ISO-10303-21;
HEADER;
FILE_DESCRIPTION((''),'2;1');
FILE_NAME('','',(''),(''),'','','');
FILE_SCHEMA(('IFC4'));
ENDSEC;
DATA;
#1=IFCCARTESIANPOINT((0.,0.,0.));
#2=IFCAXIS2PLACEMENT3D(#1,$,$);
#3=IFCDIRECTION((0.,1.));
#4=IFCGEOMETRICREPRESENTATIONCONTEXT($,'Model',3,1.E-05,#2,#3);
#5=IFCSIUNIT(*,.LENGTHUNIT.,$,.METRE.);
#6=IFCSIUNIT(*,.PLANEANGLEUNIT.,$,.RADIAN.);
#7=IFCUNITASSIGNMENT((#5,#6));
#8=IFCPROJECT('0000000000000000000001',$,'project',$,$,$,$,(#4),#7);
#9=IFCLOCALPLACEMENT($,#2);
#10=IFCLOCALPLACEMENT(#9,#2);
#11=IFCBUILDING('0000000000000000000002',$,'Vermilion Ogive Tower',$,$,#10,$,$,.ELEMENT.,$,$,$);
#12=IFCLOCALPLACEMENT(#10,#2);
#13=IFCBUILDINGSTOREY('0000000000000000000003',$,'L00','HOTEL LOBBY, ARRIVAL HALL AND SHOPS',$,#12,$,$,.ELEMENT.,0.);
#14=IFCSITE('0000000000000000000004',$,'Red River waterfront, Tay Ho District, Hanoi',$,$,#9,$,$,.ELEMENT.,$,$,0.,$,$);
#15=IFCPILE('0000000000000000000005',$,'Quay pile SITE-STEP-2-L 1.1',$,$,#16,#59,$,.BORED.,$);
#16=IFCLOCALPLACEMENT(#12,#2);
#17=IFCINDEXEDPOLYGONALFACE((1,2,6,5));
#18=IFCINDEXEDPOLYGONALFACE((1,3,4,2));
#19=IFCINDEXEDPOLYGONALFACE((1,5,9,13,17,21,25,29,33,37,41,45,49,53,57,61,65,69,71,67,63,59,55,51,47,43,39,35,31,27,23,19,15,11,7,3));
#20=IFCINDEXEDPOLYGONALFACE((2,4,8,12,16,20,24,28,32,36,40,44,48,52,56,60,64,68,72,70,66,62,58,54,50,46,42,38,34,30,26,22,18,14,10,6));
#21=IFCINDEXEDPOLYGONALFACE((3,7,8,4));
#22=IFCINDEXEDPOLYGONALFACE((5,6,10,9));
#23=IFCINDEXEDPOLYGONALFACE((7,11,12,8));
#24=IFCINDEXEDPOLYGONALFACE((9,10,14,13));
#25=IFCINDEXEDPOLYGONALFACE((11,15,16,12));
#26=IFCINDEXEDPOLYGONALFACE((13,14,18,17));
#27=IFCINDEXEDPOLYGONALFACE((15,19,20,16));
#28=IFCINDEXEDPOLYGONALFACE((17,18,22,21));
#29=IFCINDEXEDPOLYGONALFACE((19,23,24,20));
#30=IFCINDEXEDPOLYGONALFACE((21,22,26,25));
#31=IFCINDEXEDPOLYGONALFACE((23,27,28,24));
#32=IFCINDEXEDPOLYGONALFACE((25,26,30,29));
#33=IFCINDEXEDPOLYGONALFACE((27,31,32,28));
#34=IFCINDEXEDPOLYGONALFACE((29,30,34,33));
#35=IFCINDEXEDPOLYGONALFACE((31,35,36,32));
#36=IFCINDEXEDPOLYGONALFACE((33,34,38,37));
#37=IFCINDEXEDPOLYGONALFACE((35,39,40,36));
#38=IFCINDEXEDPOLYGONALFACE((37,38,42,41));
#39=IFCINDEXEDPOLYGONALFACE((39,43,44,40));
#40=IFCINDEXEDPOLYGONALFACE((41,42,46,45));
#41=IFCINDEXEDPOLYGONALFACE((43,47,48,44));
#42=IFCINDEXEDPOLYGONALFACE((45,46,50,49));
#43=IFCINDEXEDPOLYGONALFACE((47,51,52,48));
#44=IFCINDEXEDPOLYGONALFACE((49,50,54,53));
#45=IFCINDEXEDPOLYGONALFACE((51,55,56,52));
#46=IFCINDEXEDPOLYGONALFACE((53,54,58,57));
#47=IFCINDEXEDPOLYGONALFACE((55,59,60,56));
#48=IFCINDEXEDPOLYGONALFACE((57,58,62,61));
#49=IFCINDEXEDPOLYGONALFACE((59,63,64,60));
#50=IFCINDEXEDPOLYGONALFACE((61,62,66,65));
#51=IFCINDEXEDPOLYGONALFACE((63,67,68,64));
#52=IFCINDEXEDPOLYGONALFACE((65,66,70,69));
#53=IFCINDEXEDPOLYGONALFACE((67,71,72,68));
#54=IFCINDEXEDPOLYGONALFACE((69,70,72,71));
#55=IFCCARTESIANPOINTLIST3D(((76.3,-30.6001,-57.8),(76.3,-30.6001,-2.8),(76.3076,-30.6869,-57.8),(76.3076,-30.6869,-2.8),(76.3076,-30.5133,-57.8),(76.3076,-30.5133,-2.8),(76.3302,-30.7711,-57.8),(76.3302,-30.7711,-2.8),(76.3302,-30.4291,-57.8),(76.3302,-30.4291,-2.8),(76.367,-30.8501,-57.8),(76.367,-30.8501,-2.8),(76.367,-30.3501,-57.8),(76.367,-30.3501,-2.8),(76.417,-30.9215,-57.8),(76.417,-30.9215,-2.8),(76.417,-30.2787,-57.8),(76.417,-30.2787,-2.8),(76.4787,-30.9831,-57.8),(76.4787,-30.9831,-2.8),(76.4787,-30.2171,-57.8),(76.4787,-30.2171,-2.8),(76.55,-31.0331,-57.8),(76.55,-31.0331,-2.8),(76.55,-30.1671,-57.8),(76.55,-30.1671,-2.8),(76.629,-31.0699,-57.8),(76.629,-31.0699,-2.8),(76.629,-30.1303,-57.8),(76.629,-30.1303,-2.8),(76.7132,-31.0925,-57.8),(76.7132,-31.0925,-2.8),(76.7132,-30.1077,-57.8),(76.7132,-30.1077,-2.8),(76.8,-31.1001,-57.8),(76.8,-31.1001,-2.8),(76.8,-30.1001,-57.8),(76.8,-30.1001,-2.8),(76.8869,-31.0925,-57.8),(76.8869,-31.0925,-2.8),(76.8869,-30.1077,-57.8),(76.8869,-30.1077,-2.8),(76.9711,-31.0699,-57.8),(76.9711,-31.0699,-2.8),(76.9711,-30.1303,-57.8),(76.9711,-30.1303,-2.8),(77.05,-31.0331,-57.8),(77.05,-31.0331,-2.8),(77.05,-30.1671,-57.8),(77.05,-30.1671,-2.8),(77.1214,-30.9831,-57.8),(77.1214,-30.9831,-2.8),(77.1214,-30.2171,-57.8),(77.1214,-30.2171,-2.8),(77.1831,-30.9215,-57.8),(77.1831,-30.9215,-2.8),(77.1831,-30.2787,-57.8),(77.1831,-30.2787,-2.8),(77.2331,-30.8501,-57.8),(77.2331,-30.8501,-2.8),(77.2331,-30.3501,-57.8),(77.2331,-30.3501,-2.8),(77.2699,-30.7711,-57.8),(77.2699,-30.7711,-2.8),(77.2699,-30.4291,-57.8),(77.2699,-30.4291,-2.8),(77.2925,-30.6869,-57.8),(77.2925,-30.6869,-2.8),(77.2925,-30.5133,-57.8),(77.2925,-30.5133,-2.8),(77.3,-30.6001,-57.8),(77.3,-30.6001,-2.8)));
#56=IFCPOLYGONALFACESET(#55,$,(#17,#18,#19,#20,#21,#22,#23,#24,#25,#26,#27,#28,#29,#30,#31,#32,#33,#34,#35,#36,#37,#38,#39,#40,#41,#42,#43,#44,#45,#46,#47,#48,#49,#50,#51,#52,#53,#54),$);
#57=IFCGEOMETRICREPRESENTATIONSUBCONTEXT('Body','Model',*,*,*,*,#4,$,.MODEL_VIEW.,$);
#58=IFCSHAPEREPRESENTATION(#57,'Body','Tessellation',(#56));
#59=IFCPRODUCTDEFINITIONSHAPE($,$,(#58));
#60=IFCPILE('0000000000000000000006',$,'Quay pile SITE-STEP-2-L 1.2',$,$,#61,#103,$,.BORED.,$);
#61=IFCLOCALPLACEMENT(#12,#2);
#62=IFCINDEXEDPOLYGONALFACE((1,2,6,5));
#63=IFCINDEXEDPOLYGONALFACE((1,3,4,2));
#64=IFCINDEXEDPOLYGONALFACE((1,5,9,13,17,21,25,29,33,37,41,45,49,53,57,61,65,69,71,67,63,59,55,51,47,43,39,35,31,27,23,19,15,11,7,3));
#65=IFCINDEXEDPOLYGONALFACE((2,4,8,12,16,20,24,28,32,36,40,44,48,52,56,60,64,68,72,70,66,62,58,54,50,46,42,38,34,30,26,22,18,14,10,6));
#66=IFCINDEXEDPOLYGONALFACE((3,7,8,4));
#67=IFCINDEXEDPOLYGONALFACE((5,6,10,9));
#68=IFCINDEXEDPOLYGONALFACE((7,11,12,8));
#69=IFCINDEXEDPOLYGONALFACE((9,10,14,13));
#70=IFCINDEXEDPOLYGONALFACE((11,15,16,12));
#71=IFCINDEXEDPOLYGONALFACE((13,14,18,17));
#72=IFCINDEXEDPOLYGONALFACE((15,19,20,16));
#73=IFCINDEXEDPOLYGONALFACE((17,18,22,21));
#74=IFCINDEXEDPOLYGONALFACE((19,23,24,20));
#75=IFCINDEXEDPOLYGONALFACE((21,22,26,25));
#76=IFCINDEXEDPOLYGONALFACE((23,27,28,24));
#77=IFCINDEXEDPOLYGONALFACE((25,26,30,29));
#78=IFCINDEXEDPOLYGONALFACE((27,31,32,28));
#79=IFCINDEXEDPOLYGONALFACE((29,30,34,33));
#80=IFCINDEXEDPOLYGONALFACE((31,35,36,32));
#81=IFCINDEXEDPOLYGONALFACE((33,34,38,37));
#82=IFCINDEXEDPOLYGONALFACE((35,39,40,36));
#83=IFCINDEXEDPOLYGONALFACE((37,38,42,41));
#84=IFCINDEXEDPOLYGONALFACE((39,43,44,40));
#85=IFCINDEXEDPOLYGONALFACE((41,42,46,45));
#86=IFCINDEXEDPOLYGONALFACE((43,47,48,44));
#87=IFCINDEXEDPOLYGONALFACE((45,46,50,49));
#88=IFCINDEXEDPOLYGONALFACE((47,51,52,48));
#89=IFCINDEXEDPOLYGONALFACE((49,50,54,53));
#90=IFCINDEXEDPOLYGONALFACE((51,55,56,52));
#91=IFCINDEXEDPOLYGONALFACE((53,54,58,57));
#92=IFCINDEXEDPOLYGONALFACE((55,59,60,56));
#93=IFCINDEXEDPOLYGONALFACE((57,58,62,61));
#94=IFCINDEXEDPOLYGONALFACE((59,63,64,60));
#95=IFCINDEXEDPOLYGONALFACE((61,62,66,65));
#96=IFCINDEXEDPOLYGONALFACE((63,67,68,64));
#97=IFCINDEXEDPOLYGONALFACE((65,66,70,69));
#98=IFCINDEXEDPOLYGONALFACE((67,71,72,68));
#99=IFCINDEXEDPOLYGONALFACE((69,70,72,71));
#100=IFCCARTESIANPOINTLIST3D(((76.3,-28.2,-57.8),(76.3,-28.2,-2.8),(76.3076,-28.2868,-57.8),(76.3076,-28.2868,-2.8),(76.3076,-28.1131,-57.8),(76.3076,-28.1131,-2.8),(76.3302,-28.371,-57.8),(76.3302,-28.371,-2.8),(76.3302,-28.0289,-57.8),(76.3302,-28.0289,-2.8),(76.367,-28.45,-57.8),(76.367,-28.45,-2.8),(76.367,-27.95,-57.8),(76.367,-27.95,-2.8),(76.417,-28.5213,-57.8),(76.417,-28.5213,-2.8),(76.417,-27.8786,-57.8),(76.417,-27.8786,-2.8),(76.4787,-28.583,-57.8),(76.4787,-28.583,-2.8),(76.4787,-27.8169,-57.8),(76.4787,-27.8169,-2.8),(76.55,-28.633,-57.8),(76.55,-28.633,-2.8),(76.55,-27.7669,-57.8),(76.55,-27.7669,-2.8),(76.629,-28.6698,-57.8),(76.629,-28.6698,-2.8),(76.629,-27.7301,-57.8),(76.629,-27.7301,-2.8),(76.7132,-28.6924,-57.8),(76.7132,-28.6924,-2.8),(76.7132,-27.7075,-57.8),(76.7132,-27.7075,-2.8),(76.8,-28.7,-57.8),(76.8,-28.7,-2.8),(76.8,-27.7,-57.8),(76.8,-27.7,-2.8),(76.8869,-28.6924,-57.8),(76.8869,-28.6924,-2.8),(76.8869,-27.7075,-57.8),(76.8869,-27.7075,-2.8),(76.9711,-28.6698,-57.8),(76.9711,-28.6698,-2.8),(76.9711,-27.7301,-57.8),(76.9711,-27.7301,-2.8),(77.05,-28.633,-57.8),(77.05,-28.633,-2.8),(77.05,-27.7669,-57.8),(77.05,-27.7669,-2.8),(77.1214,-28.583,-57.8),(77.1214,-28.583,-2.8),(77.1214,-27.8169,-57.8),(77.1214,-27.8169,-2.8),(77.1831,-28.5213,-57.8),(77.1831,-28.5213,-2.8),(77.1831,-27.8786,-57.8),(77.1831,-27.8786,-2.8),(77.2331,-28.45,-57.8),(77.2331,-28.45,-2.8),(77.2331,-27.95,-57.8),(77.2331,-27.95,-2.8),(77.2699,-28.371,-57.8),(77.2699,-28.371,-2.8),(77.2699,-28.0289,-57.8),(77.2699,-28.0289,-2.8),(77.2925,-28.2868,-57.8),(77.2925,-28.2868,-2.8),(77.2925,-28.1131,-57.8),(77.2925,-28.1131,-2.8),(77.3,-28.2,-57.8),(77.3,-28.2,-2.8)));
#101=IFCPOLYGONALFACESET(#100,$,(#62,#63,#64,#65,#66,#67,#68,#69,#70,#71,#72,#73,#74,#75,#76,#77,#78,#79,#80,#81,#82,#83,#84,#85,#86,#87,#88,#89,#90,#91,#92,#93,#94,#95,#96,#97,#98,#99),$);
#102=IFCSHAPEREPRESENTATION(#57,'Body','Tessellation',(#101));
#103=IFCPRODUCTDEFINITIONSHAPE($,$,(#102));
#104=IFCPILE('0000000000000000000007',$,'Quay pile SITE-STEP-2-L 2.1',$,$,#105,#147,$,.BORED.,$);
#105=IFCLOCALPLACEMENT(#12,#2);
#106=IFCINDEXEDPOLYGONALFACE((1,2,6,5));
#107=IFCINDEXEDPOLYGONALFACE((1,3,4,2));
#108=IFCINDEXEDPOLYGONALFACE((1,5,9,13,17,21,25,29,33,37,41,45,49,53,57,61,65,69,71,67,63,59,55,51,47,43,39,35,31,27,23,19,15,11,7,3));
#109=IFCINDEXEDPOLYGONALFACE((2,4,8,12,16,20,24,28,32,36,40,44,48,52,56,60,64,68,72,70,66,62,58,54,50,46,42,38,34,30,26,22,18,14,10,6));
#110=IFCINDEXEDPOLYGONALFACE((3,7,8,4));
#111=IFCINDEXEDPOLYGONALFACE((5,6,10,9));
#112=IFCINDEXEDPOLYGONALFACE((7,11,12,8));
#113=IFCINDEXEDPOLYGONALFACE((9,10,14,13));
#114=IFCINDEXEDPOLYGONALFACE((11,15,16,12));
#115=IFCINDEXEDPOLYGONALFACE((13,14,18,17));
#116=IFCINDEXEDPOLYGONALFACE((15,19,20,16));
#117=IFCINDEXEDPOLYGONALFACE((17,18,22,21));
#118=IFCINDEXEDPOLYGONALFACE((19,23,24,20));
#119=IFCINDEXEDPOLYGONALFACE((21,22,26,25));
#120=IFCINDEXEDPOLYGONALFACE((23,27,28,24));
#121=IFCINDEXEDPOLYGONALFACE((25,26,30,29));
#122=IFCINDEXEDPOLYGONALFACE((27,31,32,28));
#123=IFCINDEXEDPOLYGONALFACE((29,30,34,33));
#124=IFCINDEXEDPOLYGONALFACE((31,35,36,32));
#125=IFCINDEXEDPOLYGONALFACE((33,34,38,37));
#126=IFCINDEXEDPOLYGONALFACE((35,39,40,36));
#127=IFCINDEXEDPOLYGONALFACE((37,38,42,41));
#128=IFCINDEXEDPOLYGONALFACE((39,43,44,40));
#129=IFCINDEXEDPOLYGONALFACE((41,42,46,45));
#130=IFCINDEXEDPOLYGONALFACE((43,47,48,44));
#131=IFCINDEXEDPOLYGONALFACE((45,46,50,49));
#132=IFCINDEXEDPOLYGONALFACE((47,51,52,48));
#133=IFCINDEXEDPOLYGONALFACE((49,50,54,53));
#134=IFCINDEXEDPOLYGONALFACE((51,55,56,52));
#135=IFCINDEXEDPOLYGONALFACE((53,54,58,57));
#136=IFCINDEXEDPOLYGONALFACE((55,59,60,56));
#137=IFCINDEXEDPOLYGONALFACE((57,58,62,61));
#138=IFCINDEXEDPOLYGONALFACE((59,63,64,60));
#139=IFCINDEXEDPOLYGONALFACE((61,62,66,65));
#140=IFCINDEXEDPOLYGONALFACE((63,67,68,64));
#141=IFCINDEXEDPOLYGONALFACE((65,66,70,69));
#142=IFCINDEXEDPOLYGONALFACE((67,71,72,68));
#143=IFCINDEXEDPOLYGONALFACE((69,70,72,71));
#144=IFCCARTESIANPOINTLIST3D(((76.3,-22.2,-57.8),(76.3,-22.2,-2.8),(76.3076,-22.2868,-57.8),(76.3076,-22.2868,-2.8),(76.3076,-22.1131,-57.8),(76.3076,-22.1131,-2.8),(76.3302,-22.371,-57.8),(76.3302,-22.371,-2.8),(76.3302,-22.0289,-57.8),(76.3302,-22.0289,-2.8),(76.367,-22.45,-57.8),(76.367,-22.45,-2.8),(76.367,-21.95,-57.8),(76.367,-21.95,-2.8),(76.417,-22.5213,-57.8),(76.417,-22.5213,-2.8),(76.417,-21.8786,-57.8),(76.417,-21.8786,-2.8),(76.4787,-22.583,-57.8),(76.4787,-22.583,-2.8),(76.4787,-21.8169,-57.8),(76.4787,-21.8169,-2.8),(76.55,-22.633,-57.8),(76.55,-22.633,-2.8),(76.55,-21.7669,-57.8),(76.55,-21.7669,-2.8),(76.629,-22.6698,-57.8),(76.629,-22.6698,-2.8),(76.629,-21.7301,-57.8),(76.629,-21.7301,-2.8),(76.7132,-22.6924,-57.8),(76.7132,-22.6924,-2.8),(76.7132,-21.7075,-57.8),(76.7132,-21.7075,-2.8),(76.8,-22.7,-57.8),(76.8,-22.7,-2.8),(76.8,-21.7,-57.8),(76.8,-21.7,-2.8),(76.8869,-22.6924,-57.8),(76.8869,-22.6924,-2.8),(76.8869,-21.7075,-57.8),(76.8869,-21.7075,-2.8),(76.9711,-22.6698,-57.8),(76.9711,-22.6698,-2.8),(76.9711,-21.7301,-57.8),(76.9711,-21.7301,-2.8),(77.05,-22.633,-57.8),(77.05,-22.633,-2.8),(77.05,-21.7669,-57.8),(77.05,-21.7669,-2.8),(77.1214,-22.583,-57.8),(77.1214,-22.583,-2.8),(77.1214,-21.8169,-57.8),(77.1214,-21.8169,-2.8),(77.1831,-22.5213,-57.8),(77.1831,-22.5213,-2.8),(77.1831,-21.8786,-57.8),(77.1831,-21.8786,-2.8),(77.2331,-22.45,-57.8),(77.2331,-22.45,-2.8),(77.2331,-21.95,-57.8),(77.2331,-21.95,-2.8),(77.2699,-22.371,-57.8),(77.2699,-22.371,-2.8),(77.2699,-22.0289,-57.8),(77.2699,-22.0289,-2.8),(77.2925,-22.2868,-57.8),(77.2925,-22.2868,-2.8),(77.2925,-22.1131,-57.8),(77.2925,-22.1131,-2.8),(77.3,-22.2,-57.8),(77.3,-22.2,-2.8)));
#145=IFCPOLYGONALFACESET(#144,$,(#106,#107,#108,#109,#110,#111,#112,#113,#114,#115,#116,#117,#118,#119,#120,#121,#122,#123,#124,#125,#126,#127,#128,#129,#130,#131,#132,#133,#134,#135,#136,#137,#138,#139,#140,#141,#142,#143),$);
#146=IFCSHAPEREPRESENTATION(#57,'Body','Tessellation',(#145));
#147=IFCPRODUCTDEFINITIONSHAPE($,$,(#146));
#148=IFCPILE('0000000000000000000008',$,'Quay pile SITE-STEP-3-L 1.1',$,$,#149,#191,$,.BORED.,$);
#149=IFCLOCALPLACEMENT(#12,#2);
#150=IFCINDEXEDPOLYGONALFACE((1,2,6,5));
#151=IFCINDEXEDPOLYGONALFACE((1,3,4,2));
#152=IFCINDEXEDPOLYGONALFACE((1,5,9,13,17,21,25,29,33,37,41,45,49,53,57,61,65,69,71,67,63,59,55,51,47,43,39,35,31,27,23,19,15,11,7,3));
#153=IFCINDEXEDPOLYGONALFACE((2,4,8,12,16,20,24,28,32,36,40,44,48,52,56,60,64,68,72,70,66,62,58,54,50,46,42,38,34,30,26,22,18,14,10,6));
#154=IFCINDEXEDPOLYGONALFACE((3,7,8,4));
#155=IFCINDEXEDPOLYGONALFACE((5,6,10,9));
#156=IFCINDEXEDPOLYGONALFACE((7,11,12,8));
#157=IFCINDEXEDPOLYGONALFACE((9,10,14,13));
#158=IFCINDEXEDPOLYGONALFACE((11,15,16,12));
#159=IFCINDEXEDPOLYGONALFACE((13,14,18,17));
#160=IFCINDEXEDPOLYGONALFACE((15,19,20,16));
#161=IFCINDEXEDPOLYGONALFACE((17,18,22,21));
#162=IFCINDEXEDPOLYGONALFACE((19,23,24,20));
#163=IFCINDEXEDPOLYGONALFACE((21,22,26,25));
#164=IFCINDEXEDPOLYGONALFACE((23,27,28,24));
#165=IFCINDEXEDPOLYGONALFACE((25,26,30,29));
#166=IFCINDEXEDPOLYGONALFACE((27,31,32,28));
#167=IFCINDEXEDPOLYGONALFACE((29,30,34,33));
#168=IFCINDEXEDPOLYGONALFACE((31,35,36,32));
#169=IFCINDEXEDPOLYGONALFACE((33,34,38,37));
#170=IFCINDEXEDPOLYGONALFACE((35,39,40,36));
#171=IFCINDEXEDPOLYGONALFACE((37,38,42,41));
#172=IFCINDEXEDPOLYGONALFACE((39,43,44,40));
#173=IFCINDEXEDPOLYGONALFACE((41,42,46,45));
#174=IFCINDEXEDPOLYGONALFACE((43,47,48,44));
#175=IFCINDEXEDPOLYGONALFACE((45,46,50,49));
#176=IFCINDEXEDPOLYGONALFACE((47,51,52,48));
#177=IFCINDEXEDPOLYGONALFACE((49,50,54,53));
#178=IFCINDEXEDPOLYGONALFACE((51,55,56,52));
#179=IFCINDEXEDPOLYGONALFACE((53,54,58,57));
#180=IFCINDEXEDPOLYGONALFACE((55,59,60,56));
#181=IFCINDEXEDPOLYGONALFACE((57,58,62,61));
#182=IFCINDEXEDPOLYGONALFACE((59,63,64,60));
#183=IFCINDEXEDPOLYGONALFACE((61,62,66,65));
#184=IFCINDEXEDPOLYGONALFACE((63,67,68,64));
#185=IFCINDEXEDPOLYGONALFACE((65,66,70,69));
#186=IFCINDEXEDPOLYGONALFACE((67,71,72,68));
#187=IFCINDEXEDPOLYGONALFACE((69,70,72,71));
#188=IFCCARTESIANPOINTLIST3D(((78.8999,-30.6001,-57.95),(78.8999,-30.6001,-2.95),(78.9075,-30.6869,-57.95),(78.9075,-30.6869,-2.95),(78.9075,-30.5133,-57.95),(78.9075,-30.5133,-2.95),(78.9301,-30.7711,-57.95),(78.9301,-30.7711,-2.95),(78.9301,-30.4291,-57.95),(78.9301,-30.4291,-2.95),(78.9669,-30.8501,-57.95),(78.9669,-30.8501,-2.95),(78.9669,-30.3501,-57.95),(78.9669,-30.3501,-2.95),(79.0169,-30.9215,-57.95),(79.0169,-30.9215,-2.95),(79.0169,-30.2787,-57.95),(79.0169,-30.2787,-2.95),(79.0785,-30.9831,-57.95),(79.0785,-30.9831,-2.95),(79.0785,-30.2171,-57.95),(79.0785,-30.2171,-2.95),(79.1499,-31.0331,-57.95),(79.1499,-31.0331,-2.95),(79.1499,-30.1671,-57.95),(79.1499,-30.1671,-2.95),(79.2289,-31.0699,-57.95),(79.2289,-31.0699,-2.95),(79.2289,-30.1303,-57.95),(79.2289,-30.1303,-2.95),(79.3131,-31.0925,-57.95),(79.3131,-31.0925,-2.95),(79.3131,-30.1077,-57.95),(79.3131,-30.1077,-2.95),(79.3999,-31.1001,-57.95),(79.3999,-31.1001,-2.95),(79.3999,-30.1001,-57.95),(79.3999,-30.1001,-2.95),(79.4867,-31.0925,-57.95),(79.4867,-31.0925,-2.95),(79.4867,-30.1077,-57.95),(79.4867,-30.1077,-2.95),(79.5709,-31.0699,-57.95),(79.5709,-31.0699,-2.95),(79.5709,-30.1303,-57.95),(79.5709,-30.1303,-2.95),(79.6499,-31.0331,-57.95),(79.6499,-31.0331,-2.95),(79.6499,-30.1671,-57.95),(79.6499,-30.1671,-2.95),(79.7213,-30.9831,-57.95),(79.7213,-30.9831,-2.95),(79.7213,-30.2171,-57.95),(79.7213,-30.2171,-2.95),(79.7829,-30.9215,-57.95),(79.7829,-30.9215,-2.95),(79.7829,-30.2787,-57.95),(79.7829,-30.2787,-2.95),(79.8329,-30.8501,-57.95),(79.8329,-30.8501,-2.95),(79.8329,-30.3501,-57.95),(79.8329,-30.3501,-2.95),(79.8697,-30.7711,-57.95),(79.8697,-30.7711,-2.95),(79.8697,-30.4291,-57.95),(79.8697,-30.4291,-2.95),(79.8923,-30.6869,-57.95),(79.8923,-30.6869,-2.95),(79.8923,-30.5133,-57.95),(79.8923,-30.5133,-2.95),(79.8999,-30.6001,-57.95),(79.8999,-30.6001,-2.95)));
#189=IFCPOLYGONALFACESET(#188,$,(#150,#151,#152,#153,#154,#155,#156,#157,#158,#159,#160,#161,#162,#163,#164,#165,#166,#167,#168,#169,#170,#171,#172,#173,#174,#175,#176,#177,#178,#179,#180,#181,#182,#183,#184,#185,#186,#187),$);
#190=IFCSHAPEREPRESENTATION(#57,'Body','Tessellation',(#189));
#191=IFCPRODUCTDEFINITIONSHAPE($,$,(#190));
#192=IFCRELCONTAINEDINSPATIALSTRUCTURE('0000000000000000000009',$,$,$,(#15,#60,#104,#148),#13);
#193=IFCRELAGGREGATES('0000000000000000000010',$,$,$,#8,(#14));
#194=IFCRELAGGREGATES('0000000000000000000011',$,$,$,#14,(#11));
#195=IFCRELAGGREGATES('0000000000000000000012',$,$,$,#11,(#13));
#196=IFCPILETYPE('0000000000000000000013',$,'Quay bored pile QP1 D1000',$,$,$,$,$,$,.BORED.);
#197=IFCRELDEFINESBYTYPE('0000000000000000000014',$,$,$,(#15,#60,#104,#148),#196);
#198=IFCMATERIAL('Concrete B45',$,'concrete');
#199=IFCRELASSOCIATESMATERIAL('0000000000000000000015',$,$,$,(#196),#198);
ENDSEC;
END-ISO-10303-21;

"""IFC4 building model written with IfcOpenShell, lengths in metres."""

from ifc_helpers import new_model, si_unit, direction, frame, origin, origin_2d, place, context, subcontext, project, spatial, circle, extrude, material, type_object, element, save


model = new_model("IFC4")

# Units and contexts
model_context = context("Model", 3, precision=1e-05, world=origin(), true_north=direction((0.0, 1.0)))
body_context = subcontext(model_context, "Body", "Model", "MODEL_VIEW")
ifc_project = project(units=[si_unit("LENGTHUNIT", "METRE"), si_unit("PLANEANGLEUNIT", "RADIAN")], contexts=[model_context])

# Site, building, storey
site_placement = place(None, origin())
site = spatial("IfcSite", under=ifc_project, at=site_placement, Name="Red River waterfront, Tay Ho District, Hanoi", CompositionType="ELEMENT", RefElevation=0.0)
building_placement = place(site_placement, origin())
building = spatial("IfcBuilding", under=site, at=building_placement, Name="Vermilion Ogive Tower", CompositionType="ELEMENT")
storey_placement = place(building_placement, origin())
storey = spatial("IfcBuildingStorey", under=building, at=storey_placement, Name="L00", Description="HOTEL LOBBY, ARRIVAL HALL AND SHOPS", CompositionType="ELEMENT", Elevation=0.0)

# Piles
ifc_material_1 = material(Name="Concrete B45", Category="concrete")
pile_type = type_object("IfcPileType", Name="Quay bored pile QP1 D1000", PredefinedType="BORED", material=ifc_material_1)
for number, where, z_axis, x_axis, name in (
    (1, (76.8, -30.6001, -2.8), (0.0, 0.0, -1.0), (1.0, 0.0, 0.0), "Quay pile SITE-STEP-2-L 1.1"),
    (2, (76.8, -28.2, -2.8), (0.0, 0.0, -1.0), (1.0, 0.0, 0.0), "Quay pile SITE-STEP-2-L 1.2"),
    (3, (76.8, -22.2, -2.8), (0.0, 0.0, -1.0), (1.0, 0.0, 0.0), "Quay pile SITE-STEP-2-L 2.1"),
    (4, (79.3999, -30.6001, -2.95), (0.0, 0.0, -1.0), (1.0, 0.0, 0.0), "Quay pile SITE-STEP-3-L 1.1"),
):
    element("IfcPile", number, at=place(storey_placement, frame(where, z_axis=z_axis, x_axis=x_axis)), inside=storey, type_object=pile_type, Name=name, PredefinedType="BORED", context=body_context, shape_type="SweptSolid", body=[
        extrude(circle(Radius=0.5, at=origin_2d()), origin(), (0.0, 0.0, 1.0), 55.0),
    ])

save(model, "model.ifc")
